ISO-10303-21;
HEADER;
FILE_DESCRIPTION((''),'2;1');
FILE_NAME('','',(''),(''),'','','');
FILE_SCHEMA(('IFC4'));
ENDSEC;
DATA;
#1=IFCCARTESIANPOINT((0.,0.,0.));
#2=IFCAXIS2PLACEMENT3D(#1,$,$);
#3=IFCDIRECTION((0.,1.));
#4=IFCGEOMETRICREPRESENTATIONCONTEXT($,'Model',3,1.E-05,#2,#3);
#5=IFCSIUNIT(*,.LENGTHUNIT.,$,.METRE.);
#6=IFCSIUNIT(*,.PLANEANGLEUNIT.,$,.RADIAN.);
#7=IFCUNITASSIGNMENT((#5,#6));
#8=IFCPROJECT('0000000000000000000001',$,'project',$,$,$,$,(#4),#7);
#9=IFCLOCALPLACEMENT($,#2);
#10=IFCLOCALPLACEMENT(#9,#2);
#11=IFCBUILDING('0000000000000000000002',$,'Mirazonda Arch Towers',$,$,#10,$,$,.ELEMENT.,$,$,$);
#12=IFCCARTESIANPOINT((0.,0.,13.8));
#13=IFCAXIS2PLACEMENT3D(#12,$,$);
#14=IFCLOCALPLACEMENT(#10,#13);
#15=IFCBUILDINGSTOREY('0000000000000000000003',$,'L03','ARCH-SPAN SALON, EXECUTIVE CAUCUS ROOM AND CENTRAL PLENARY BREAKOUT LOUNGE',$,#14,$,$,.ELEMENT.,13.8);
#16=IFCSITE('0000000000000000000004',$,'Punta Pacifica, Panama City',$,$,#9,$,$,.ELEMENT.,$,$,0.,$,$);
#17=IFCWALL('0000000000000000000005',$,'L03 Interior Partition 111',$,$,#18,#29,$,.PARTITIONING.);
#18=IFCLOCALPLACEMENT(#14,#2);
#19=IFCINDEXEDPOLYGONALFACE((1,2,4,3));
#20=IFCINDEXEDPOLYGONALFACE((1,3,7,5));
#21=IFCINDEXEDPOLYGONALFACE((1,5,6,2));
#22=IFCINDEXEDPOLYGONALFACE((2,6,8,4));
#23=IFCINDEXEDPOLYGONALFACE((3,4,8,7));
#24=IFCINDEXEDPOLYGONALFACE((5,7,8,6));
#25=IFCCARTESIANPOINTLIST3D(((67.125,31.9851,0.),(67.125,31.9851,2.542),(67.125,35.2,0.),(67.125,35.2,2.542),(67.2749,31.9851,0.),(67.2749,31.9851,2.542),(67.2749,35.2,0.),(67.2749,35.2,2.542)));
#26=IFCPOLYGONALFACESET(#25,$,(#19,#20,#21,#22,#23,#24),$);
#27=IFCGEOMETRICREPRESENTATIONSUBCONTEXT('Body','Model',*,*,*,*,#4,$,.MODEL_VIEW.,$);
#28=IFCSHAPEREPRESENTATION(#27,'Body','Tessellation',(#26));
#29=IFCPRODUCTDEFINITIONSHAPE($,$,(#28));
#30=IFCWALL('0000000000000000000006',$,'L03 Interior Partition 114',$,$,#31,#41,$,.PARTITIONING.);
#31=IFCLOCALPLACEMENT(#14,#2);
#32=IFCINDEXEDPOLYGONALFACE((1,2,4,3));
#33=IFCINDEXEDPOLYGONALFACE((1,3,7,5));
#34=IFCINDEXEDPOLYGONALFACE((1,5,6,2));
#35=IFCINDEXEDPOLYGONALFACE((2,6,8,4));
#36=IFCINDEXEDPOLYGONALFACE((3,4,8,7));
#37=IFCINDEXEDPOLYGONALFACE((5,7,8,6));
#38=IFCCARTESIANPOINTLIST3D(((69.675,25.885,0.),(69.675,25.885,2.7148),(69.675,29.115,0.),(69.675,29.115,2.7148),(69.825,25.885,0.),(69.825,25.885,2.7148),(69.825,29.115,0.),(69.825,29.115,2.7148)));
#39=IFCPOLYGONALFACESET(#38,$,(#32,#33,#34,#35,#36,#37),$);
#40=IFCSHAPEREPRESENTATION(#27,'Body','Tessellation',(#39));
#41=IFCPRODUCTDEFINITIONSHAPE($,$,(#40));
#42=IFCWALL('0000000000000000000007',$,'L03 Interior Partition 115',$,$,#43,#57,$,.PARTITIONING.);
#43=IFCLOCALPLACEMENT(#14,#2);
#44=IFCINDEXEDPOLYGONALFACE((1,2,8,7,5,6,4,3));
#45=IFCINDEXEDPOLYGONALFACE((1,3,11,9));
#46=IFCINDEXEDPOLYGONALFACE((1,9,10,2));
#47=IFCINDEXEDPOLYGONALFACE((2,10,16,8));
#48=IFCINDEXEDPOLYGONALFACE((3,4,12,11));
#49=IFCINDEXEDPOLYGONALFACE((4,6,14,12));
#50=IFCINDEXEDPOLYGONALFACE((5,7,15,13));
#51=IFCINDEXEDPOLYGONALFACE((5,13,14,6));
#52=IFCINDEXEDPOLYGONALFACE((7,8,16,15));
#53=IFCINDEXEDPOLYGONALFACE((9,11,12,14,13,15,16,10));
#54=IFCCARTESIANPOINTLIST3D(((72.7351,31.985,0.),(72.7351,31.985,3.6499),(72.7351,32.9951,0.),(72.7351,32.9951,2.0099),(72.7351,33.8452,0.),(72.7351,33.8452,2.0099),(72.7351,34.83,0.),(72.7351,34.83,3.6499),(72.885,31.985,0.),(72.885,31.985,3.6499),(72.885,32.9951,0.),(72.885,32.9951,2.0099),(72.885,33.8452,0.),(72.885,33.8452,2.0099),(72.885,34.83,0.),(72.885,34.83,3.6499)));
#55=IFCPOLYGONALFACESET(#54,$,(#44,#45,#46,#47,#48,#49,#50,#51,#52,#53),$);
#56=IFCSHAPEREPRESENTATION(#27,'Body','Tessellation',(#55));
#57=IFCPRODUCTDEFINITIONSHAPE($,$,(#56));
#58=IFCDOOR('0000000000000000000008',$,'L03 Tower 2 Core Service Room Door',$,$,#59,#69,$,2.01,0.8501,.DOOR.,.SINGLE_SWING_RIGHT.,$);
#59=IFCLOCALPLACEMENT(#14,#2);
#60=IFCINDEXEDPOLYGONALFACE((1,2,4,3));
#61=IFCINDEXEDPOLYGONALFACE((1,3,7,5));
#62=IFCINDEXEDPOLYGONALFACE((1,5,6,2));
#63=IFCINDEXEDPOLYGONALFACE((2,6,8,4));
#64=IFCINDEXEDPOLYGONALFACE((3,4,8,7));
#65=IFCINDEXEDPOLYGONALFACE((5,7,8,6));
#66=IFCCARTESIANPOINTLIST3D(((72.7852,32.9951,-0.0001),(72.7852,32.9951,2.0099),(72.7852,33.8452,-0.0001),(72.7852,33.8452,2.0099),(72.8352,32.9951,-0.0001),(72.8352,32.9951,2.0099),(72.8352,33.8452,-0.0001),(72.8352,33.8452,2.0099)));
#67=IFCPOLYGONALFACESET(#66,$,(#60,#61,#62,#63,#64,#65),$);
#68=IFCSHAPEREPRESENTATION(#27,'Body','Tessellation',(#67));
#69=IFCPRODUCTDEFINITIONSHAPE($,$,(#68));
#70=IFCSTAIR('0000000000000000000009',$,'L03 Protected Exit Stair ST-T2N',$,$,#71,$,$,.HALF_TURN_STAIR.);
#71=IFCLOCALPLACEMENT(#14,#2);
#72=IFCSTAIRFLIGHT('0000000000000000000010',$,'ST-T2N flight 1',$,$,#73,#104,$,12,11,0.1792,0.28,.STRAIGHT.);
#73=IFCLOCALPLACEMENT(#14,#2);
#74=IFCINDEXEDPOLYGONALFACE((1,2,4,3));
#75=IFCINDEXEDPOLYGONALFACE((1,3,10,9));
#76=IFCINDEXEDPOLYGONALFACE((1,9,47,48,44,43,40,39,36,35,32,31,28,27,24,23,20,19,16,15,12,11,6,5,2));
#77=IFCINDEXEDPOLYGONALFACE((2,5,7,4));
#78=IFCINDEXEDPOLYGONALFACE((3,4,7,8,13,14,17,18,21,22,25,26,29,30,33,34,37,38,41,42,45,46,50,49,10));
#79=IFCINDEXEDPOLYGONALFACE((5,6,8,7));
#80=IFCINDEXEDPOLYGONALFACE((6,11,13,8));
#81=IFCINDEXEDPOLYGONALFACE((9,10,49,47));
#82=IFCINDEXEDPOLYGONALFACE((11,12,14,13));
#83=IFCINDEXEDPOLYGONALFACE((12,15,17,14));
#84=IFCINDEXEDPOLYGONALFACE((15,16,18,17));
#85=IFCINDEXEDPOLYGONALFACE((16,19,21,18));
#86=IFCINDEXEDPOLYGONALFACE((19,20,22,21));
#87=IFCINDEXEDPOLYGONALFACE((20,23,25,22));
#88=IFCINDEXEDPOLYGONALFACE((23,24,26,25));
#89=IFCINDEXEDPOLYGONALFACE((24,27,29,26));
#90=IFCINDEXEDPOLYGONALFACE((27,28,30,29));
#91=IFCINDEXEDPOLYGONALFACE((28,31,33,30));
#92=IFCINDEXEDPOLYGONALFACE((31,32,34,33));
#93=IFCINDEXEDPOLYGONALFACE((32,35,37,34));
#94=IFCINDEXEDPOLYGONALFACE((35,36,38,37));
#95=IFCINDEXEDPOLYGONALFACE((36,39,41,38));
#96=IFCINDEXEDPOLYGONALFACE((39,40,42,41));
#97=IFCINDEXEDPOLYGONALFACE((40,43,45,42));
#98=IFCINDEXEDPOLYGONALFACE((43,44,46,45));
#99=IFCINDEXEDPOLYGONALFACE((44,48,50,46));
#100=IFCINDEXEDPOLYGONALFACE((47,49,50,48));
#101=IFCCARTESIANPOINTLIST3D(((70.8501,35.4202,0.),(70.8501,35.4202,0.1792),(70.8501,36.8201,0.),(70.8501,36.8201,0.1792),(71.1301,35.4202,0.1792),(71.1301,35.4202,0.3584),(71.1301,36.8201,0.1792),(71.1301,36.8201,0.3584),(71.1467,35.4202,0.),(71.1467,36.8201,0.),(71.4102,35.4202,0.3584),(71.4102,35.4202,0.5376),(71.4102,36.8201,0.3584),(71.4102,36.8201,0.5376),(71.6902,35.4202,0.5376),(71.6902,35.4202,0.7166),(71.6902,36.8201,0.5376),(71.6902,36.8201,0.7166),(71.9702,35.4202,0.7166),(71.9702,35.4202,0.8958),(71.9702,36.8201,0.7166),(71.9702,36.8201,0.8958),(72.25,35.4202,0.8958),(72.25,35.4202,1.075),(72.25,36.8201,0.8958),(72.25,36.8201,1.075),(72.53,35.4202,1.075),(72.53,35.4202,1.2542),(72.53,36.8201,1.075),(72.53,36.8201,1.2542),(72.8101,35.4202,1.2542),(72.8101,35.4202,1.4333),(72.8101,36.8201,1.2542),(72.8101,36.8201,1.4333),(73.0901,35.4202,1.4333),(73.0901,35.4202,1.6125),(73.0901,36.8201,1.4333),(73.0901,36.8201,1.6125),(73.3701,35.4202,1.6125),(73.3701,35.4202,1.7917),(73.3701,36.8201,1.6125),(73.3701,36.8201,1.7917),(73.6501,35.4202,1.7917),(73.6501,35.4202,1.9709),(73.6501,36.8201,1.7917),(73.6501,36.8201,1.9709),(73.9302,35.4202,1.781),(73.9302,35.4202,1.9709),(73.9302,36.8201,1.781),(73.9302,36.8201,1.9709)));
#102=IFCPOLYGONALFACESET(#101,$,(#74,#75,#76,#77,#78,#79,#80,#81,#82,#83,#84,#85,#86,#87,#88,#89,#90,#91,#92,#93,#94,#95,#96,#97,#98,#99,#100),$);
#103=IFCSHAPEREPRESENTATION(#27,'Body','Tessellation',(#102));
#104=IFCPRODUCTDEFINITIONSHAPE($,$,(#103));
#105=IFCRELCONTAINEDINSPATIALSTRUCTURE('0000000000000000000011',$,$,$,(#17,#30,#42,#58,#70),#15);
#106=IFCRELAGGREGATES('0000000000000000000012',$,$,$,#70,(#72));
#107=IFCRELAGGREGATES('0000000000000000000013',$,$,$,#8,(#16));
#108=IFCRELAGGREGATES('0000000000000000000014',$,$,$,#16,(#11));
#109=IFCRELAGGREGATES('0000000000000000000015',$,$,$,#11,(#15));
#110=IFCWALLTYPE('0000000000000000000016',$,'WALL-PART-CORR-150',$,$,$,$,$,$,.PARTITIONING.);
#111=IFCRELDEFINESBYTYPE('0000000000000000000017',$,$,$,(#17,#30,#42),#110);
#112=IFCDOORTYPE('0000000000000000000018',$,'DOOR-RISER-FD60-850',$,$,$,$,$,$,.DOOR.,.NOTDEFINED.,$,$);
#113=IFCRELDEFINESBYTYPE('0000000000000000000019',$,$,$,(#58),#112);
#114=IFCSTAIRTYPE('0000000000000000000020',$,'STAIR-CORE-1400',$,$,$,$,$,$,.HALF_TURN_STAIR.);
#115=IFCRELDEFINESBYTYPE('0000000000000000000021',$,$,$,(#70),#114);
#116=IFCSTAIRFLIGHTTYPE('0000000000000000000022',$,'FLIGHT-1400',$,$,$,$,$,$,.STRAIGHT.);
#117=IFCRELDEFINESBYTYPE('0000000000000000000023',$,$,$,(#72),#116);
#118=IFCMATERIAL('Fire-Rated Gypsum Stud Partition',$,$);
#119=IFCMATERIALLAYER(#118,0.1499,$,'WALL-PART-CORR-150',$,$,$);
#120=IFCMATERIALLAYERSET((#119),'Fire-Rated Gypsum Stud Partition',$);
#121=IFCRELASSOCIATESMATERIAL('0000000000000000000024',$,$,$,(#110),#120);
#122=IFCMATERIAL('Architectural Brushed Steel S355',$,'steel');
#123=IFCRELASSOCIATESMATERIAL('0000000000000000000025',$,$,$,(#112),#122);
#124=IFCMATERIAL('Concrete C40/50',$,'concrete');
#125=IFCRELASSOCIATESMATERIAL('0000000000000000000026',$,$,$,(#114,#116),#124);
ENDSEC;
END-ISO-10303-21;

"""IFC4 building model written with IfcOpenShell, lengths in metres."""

from ifc_helpers import new_model, si_unit, direction, frame, frame_2d, origin, place, context, subcontext, project, spatial, polyline, rectangle, outline, extrude, material, layer, layer_set, type_object, element, fill, aggregate, save


model = new_model("IFC4")

# Units and contexts
model_context = context("Model", 3, precision=1e-05, world=origin(), true_north=direction((0.0, 1.0)))
body_context = subcontext(model_context, "Body", "Model", "MODEL_VIEW")
ifc_project = project(units=[si_unit("LENGTHUNIT", "METRE"), si_unit("PLANEANGLEUNIT", "RADIAN")], contexts=[model_context])

# Site, building, storey
site_placement = place(None, origin())
site = spatial("IfcSite", under=ifc_project, at=site_placement, Name="Punta Pacifica, Panama City", CompositionType="ELEMENT", RefElevation=0.0)
building_placement = place(site_placement, origin())
building = spatial("IfcBuilding", under=site, at=building_placement, Name="Mirazonda Arch Towers", CompositionType="ELEMENT")
storey_placement = place(building_placement, frame((0.0, 0.0, 13.8)))
storey = spatial("IfcBuildingStorey", under=building, at=storey_placement, Name="L03", Description="ARCH-SPAN SALON, EXECUTIVE CAUCUS ROOM AND CENTRAL PLENARY BREAKOUT LOUNGE", CompositionType="ELEMENT", Elevation=13.8)

# Shared definitions
ifc_material_1 = material(Name="Architectural Brushed Steel S355", Category="steel")

# Shared definitions
ifc_material_2 = material(Name="Fire-Rated Gypsum Stud Partition")
ifc_layer_1 = layer(ifc_material_2, 0.1499, Name="WALL-PART-CORR-150")
ifc_layer_set_1 = layer_set([ifc_layer_1], Name="Fire-Rated Gypsum Stud Partition")
wall_type_1 = type_object("IfcWallType", Name="WALL-PART-CORR-150", PredefinedType="PARTITIONING", material=ifc_layer_set_1)

# Walls
wall_1_placement = place(storey_placement, frame((67.2, 31.9851, 0.0), z_axis=(0.0, 0.0, 1.0), x_axis=(0.0, 1.0, 0.0)))
element("IfcWall", 1, at=wall_1_placement, inside=storey, type_object=wall_type_1, Name="L03 Interior Partition 111", PredefinedType="PARTITIONING", context=body_context, shape_type="SweptSolid", body=[
    extrude(rectangle(XDim=3.2148, YDim=0.1499, at=frame_2d((1.6074, 0.0))), origin(), (0.0, 0.0, 1.0), 2.542),
])
wall_2_placement = place(storey_placement, frame((69.75, 25.885, 0.0), z_axis=(0.0, 0.0, 1.0), x_axis=(0.0, 1.0, 0.0)))
element("IfcWall", 2, at=wall_2_placement, inside=storey, type_object=wall_type_1, Name="L03 Interior Partition 114", PredefinedType="PARTITIONING", context=body_context, shape_type="SweptSolid", body=[
    extrude(rectangle(XDim=3.23, YDim=0.1499, at=frame_2d((1.615, 0.0))), origin(), (0.0, 0.0, 1.0), 2.7148),
])

# Wall, opening, door
wall_3_placement = place(storey_placement, frame((72.8101, 31.9851, 0.0), z_axis=(0.0, 0.0, 1.0), x_axis=(0.0, 1.0, 0.0)))
wall_3 = element("IfcWall", 3, at=wall_3_placement, inside=storey, type_object=wall_type_1, Name="L03 Interior Partition 115", PredefinedType="PARTITIONING", context=body_context, shape_type="SweptSolid", body=[
    extrude(rectangle(XDim=2.845, YDim=0.1499, at=frame_2d((1.4224, 0.0))), origin(), (0.0, 0.0, 1.0), 3.6499),
])
opening_1_placement = place(wall_3_placement, frame((1.01, 0.0, 0.0)))
opening_1 = element("IfcOpeningElement", 4, at=opening_1_placement, cuts=wall_3, PredefinedType="OPENING", context=body_context, shape_type="SweptSolid", body=[
    extrude(rectangle(XDim=0.8501, YDim=2.01, at=frame_2d((0.425, 1.0049))), frame((0.0, 0.085, 0.0), z_axis=(0.0, -1.0, 0.0), x_axis=(1.0, 0.0, 0.0)), (0.0, 0.0, 1.0), 0.1699),
])
door_type_1 = type_object("IfcDoorType", Name="DOOR-RISER-FD60-850", OperationType="NOTDEFINED", PredefinedType="DOOR", material=ifc_material_1)
door_1_placement = place(opening_1_placement, origin())
door_1 = element("IfcDoor", 5, at=door_1_placement, inside=storey, type_object=door_type_1, Name="L03 Tower 2 Core Service Room Door", OperationType="SINGLE_SWING_RIGHT", OverallHeight=2.01, OverallWidth=0.8501, PredefinedType="DOOR", context=body_context, shape_type="SweptSolid", body=[
    extrude(rectangle(XDim=0.8501, YDim=2.01, at=frame_2d((0.425, 1.0049))), frame((0.0, 0.0249, 0.0), z_axis=(0.0, -1.0, 0.0), x_axis=(1.0, 0.0, 0.0)), (0.0, 0.0, 1.0), 0.05),
])
fill(opening_1, door_1)

# Stair, stair flight
ifc_material_3 = material(Name="Concrete C40/50", Category="concrete")
stair_type = type_object("IfcStairType", Name="STAIR-CORE-1400", PredefinedType="HALF_TURN_STAIR", material=ifc_material_3)
stair_placement = place(storey_placement, origin())
stair = element("IfcStair", 6, at=stair_placement, inside=storey, type_object=stair_type, Name="L03 Protected Exit Stair ST-T2N", PredefinedType="HALF_TURN_STAIR")
stair_flight_type = type_object("IfcStairFlightType", Name="FLIGHT-1400", PredefinedType="STRAIGHT", material=ifc_material_3)
stair_flight_placement = place(storey_placement, frame((70.8501, 36.1201, 0.0), z_axis=(0.0, 0.0, 1.0), x_axis=(1.0, 0.0, 0.0)))
stair_flight = element("IfcStairFlight", 7, at=stair_flight_placement, type_object=stair_flight_type, Name="ST-T2N flight 1", NumberOfRisers=12, NumberOfTreads=11, PredefinedType="STRAIGHT", RiserHeight=0.1792, TreadLength=0.28, context=body_context, shape_type="SweptSolid", body=[
    extrude(outline(polyline([(0.0, 0.0), (0.0, 0.1792), (0.28, 0.1792), (0.28, 0.3584), (0.5601, 0.3584), (0.5601, 0.5376), (0.8401, 0.5376), (0.8401, 0.7166), (1.1201, 0.7166), (1.1201, 0.8958), (1.3999, 0.8958), (1.3999, 1.075), (1.6799, 1.075), (1.6799, 1.2542), (1.96, 1.2542), (1.96, 1.4333), (2.24, 1.4333), (2.24, 1.6125), (2.52, 1.6125), (2.52, 1.7917), (2.8, 1.7917), (2.8, 1.9709), (3.0801, 1.9709), (3.0801, 2.1499), (3.0801, 1.781), (0.2966, 0.0), (0.0, 0.0)])), frame((0.0, 0.7, 0.0), z_axis=(0.0, -1.0, 0.0), x_axis=(1.0, 0.0, 0.0)), (0.0, 0.0, 1.0), 1.3999),
])
aggregate(stair, [stair_flight])

save(model, "model.ifc")
